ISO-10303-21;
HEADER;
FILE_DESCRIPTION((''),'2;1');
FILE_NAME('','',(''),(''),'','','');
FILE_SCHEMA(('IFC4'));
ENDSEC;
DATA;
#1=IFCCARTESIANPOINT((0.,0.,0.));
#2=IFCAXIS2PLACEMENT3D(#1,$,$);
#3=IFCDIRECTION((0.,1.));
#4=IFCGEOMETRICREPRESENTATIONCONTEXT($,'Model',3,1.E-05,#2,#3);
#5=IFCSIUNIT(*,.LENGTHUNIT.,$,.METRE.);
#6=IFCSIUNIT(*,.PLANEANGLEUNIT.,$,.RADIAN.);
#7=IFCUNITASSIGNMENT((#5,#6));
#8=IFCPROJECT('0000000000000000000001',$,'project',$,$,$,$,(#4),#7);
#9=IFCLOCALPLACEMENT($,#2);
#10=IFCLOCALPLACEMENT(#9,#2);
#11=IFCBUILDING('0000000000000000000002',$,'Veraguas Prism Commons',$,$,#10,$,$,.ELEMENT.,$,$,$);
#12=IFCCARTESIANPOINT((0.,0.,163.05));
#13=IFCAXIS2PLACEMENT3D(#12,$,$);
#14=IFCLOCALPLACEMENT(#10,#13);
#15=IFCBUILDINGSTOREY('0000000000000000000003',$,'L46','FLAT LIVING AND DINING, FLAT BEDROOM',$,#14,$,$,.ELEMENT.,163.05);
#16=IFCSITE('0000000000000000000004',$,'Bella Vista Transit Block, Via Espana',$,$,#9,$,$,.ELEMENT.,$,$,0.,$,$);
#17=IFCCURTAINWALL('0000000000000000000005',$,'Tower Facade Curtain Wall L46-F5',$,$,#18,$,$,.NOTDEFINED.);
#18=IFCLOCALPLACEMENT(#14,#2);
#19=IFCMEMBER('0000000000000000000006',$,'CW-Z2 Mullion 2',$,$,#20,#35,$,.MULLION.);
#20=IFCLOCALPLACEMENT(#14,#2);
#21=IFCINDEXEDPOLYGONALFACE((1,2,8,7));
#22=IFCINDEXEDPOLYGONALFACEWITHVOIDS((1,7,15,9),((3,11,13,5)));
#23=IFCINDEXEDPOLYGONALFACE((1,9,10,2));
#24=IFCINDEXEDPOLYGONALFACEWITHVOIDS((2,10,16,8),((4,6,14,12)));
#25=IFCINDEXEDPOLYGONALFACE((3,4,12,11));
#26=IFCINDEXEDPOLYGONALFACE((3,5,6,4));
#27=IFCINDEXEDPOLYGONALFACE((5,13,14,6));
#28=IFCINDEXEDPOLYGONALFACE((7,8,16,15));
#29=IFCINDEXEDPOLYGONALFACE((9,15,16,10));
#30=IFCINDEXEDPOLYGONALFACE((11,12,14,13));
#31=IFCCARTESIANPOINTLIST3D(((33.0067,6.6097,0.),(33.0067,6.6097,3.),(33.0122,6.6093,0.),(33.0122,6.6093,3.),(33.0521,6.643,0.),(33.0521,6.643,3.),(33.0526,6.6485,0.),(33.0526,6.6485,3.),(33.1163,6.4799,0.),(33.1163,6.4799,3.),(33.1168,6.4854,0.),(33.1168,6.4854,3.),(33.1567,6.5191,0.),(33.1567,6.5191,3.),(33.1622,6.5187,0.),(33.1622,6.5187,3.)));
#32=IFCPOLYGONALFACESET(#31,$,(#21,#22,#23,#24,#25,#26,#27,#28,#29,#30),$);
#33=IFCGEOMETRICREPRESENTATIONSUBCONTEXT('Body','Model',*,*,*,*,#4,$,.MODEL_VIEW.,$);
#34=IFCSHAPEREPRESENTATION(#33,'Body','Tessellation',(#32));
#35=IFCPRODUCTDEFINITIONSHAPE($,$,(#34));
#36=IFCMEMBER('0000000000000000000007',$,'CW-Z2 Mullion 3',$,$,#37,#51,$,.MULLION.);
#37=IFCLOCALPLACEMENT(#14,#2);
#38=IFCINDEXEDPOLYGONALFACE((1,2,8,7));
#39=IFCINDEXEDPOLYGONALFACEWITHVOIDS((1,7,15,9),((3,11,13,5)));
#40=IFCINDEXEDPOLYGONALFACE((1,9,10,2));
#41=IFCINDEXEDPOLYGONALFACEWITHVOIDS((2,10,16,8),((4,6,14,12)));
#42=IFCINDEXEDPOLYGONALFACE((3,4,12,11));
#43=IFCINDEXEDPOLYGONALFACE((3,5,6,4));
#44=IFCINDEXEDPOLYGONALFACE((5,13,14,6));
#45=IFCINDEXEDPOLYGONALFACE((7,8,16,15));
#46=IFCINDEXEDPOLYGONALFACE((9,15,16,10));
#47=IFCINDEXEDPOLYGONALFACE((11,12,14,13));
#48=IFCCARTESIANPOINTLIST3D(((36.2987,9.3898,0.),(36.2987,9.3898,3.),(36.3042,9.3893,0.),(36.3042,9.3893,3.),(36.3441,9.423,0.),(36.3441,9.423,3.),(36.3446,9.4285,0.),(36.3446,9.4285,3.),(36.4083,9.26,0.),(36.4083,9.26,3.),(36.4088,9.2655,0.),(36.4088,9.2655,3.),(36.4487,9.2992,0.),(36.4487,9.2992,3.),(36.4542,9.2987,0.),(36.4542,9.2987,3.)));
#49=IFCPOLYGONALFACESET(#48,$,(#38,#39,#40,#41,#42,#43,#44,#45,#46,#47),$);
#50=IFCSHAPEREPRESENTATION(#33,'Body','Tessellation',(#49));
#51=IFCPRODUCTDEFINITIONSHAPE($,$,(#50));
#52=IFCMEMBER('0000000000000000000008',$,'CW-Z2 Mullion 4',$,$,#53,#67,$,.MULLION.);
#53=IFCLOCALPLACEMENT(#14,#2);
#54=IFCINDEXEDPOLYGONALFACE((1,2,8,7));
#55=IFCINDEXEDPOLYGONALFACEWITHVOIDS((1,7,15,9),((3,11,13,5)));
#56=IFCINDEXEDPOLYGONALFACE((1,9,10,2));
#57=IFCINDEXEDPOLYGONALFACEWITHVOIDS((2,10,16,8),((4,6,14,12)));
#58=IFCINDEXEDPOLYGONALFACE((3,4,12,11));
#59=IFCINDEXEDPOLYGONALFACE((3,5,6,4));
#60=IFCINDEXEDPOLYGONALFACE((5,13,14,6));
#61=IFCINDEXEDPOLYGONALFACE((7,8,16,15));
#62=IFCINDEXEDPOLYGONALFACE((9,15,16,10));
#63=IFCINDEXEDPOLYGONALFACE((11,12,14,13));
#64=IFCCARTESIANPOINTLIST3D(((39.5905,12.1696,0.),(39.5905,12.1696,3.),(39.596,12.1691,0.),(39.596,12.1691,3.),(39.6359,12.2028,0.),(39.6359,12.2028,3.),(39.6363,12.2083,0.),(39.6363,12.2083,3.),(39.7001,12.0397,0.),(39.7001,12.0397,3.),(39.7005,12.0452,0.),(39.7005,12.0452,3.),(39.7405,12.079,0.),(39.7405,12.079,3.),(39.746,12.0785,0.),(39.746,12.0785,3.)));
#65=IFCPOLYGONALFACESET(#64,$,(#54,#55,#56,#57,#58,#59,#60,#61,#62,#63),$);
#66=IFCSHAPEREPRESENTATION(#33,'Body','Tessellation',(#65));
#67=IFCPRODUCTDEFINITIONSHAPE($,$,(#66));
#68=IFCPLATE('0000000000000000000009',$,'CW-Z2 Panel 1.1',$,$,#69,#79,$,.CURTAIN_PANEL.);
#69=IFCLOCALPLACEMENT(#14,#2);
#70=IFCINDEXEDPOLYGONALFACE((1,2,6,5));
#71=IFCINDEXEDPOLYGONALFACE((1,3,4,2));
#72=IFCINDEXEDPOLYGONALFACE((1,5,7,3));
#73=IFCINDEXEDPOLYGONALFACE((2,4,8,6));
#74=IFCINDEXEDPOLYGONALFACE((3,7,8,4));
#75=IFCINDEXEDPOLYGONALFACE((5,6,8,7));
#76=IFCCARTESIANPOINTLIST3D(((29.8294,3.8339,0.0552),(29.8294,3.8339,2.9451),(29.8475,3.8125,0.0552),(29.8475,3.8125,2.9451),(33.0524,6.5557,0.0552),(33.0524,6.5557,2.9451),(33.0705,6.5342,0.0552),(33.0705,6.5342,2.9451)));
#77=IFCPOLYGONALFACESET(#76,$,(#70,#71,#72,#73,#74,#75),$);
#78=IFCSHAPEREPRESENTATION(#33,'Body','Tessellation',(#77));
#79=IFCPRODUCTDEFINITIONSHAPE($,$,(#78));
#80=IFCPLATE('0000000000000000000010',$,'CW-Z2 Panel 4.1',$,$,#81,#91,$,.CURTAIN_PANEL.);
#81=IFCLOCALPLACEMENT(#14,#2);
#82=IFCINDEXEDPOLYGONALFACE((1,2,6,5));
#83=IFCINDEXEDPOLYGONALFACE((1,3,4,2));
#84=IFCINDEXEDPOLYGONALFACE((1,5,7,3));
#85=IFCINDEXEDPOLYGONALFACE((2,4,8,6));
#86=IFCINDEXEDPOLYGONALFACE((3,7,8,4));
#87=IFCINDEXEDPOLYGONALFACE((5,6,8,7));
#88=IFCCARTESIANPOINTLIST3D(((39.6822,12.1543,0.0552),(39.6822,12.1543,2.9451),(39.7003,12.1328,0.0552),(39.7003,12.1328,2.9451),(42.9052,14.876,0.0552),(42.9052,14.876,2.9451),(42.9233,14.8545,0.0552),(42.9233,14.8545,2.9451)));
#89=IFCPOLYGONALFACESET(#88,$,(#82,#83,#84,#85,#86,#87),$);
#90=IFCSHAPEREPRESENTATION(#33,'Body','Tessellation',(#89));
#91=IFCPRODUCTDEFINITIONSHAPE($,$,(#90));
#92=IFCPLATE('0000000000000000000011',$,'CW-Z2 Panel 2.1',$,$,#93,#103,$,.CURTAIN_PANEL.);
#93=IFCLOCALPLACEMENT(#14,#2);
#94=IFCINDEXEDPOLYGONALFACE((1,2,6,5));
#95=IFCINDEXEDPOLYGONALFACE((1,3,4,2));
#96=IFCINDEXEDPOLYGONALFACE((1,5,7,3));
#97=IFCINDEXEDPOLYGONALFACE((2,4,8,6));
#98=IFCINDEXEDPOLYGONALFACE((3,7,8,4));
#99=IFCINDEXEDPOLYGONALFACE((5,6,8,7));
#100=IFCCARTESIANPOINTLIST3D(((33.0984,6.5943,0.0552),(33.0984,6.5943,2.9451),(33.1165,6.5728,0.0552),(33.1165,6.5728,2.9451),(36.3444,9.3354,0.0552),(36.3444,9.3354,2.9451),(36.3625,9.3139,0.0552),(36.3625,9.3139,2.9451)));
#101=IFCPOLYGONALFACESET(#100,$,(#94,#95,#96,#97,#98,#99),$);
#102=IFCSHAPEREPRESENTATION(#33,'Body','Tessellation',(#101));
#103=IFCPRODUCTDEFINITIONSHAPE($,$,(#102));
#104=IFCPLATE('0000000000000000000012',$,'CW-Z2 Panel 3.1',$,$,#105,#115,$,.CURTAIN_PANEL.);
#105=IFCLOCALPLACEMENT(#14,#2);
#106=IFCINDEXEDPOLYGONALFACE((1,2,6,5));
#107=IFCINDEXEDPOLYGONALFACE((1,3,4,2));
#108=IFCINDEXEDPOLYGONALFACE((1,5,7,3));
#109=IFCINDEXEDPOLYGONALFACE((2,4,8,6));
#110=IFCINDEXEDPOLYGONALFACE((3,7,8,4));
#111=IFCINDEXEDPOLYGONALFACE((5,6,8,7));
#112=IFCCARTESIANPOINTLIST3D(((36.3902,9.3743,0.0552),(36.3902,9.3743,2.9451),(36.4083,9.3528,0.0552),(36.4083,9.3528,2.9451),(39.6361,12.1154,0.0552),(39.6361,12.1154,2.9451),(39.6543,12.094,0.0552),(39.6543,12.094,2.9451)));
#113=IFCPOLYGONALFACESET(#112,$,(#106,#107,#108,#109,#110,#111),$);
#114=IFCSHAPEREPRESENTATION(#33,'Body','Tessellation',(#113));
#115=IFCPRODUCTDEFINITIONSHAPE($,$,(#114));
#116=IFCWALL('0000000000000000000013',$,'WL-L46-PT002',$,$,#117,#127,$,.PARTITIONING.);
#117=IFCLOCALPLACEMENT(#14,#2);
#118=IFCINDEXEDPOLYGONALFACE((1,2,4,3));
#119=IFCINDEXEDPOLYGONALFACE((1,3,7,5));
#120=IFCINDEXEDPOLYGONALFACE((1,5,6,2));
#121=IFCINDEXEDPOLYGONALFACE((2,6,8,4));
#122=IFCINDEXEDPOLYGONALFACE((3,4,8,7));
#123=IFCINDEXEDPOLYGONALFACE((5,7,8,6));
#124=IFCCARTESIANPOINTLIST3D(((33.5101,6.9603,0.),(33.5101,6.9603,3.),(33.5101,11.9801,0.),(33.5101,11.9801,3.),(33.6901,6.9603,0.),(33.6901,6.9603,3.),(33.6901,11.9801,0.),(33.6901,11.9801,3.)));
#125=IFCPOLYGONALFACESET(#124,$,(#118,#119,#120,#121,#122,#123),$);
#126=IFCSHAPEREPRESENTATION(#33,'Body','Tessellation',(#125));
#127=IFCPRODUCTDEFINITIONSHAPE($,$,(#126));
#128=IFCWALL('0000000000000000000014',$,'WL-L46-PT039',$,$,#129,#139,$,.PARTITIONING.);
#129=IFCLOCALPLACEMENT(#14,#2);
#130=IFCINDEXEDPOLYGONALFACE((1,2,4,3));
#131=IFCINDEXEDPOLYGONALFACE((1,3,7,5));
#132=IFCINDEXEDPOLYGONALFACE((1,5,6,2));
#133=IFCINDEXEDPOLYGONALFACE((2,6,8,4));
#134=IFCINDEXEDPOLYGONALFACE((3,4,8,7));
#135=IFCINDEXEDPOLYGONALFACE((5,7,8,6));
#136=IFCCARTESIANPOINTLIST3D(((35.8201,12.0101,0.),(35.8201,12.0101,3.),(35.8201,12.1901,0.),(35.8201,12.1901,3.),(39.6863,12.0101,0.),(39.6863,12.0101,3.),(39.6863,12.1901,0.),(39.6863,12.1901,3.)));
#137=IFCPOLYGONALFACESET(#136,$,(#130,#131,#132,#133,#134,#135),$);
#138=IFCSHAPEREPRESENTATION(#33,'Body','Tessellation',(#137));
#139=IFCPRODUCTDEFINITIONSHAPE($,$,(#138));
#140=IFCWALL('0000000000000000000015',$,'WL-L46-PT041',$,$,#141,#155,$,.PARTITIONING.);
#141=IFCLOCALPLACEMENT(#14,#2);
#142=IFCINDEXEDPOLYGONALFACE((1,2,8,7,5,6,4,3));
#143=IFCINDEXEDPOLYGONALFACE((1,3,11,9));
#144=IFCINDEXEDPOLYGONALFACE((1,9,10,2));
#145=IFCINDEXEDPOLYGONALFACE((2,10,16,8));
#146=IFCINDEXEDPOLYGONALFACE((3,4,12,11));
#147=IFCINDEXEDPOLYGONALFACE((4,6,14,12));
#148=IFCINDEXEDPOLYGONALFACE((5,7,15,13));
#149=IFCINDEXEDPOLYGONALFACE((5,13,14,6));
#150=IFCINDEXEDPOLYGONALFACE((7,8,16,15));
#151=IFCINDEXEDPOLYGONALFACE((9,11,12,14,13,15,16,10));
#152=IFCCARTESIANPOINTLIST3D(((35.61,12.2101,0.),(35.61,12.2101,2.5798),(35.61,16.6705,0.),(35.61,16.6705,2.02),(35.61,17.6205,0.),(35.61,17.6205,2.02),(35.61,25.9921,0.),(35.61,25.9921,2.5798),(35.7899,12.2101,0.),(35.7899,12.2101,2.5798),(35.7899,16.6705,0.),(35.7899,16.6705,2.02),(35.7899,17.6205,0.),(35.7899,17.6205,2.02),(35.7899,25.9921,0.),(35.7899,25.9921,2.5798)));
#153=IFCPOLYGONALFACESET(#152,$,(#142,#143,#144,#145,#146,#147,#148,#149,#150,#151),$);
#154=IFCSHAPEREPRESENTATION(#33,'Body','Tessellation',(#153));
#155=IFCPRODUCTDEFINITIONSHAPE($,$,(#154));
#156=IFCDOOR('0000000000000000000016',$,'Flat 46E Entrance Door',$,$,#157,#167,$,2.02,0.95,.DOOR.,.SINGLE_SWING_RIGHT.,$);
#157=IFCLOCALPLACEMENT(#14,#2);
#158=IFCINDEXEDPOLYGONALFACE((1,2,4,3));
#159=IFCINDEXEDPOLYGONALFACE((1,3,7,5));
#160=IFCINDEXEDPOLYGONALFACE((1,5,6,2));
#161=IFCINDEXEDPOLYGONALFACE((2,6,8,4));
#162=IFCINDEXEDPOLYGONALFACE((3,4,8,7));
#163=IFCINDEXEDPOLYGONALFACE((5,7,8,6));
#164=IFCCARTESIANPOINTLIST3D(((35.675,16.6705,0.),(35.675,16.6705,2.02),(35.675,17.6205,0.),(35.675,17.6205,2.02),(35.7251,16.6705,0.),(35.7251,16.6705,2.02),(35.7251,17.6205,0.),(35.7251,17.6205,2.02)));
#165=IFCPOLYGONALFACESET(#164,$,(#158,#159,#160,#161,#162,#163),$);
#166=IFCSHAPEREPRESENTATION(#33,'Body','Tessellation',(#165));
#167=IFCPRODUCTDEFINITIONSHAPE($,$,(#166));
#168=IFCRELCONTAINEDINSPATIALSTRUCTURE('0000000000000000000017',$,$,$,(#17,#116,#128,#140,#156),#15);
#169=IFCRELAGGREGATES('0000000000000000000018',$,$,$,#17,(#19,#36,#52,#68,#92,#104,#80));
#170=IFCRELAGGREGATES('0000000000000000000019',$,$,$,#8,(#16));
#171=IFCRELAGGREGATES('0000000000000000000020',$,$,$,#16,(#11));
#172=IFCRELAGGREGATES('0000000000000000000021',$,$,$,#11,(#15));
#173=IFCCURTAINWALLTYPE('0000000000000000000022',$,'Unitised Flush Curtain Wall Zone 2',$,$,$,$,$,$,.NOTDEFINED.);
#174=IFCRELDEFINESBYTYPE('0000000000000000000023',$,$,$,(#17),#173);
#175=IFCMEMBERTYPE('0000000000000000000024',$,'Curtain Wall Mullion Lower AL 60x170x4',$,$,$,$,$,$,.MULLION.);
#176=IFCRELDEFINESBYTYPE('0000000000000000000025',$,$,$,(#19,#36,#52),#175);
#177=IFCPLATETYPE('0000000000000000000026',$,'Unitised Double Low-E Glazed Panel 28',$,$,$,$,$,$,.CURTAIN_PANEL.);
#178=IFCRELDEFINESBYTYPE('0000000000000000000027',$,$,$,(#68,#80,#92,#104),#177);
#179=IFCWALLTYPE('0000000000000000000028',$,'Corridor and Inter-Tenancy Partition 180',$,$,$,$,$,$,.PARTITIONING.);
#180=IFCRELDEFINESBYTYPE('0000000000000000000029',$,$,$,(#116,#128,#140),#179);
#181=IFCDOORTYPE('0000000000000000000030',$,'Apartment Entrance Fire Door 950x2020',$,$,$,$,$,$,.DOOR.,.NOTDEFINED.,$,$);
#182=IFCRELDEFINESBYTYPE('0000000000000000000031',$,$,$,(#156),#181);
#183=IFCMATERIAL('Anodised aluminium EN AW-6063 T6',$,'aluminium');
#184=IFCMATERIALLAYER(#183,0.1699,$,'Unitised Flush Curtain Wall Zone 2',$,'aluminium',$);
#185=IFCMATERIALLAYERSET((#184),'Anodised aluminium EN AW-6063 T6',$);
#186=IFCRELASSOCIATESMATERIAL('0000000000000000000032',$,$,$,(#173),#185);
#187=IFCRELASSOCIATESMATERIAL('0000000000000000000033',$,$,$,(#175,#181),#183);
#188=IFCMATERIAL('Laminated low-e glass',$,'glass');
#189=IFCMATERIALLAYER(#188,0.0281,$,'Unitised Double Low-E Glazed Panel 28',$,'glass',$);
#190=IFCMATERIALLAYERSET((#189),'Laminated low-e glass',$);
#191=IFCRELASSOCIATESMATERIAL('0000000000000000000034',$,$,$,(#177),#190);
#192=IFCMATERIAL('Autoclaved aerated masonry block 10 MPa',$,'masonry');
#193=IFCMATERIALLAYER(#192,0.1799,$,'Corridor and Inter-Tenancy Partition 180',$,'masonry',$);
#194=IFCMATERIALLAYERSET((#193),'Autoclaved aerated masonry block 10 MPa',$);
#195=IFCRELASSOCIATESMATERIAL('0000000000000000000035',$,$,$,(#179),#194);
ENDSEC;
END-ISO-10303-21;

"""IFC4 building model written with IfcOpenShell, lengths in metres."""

from ifc_helpers import new_model, si_unit, direction, frame, frame_2d, origin, origin_2d, place, context, subcontext, project, spatial, rectangle, hollow_rectangle, extrude, source, transform, mapped, material, layer, layer_set, material_profile, profile_set, type_object, element, fill, aggregate, save


model = new_model("IFC4")

# Units and contexts
model_context = context("Model", 3, precision=1e-05, world=origin(), true_north=direction((0.0, 1.0)))
body_context = subcontext(model_context, "Body", "Model", "MODEL_VIEW")
ifc_project = project(units=[si_unit("LENGTHUNIT", "METRE"), si_unit("PLANEANGLEUNIT", "RADIAN")], contexts=[model_context])

# Site, building, storey
site_placement = place(None, origin())
site = spatial("IfcSite", under=ifc_project, at=site_placement, Name="Bella Vista Transit Block, Via Espana", CompositionType="ELEMENT", RefElevation=0.0)
building_placement = place(site_placement, origin())
building = spatial("IfcBuilding", under=site, at=building_placement, Name="Veraguas Prism Commons", CompositionType="ELEMENT")
storey_placement = place(building_placement, frame((0.0, 0.0, 163.05)))
storey = spatial("IfcBuildingStorey", under=building, at=storey_placement, Name="L46", Description="FLAT LIVING AND DINING, FLAT BEDROOM", CompositionType="ELEMENT", Elevation=163.05)

# Curtain wall, members, plates
ifc_material_1 = material(Name="Anodised aluminium EN AW-6063 T6", Category="aluminium")
ifc_layer_1 = layer(ifc_material_1, 0.1699, Name="Unitised Flush Curtain Wall Zone 2", Category="aluminium")
ifc_layer_set_1 = layer_set([ifc_layer_1], Name="Anodised aluminium EN AW-6063 T6")
curtain_wall_type = type_object("IfcCurtainWallType", Name="Unitised Flush Curtain Wall Zone 2", PredefinedType="NOTDEFINED", material=ifc_layer_set_1)
curtain_wall_placement = place(storey_placement, origin())
curtain_wall = element("IfcCurtainWall", 1, at=curtain_wall_placement, inside=storey, type_object=curtain_wall_type, Name="Tower Facade Curtain Wall L46-F5", PredefinedType="NOTDEFINED")
ifc_material_profile_1 = material_profile(ifc_material_1, hollow_rectangle(XDim=0.0601, YDim=0.1699, WallThickness=0.0039, at=origin_2d()), Name="AL60X170X4")
ifc_profile_set_1 = profile_set([ifc_material_profile_1], Name="Anodised aluminium EN AW-6063 T6")
member_type = type_object("IfcMemberType", Name="Curtain Wall Mullion Lower AL 60x170x4", PredefinedType="MULLION", material=ifc_profile_set_1)
shared_shape_1 = source(origin(), body_context, "Body", "SweptSolid", [
    extrude(hollow_rectangle(XDim=0.0601, YDim=0.1699, WallThickness=0.0039, at=origin_2d()), origin(), (0.0, 0.0, 1.0), 3.0),
])
member_1_placement = place(storey_placement, frame((33.0845, 6.5642, 0.0), z_axis=(0.0, 0.0, 1.0), x_axis=(0.764022, 0.64519, 0.0)))
member_1 = element("IfcMember", 2, at=member_1_placement, type_object=member_type, Name="CW-Z2 Mullion 2", PredefinedType="MULLION", context=body_context, shape_type="MappedRepresentation", body=[
    mapped(shared_shape_1, transform((0.0, 0.0, 0.0), scale=1.0)),
])
member_2_placement = place(storey_placement, frame((36.3765, 9.3442, 0.0), z_axis=(0.0, 0.0, 1.0), x_axis=(0.764022, 0.64519, 0.0)))
member_2 = element("IfcMember", 3, at=member_2_placement, type_object=member_type, Name="CW-Z2 Mullion 3", PredefinedType="MULLION", context=body_context, shape_type="MappedRepresentation", body=[
    mapped(shared_shape_1, transform((0.0, 0.0, 0.0), scale=1.0)),
])
member_3_placement = place(storey_placement, frame((39.6682, 12.124, 0.0), z_axis=(0.0, 0.0, 1.0), x_axis=(0.764022, 0.64519, 0.0)))
member_3 = element("IfcMember", 4, at=member_3_placement, type_object=member_type, Name="CW-Z2 Mullion 4", PredefinedType="MULLION", context=body_context, shape_type="MappedRepresentation", body=[
    mapped(shared_shape_1, transform((0.0, 0.0, 0.0), scale=1.0)),
])
ifc_material_2 = material(Name="Laminated low-e glass", Category="glass")
ifc_layer_2 = layer(ifc_material_2, 0.0281, Name="Unitised Double Low-E Glazed Panel 28", Category="glass")
ifc_layer_set_2 = layer_set([ifc_layer_2], Name="Laminated low-e glass")
plate_type = type_object("IfcPlateType", Name="Unitised Double Low-E Glazed Panel 28", PredefinedType="CURTAIN_PANEL", material=ifc_layer_set_2)
shared_shape_2 = source(origin(), body_context, "Body", "SweptSolid", [
    extrude(rectangle(XDim=4.2185, YDim=0.0281, at=origin_2d()), origin(), (0.0, 0.0, 1.0), 2.8899),
])
plate_1_placement = place(storey_placement, frame((31.45, 5.1841, 0.0552), z_axis=(0.0, 0.0, 1.0), x_axis=(0.764022, 0.64519, 0.0)))
plate_1 = element("IfcPlate", 5, at=plate_1_placement, type_object=plate_type, Name="CW-Z2 Panel 1.1", PredefinedType="CURTAIN_PANEL", context=body_context, shape_type="MappedRepresentation", body=[
    mapped(shared_shape_2, transform((0.0, 0.0, 0.0), scale=1.0)),
])
plate_2_placement = place(storey_placement, frame((41.3027, 13.5044, 0.0552), z_axis=(0.0, 0.0, 1.0), x_axis=(0.764022, 0.64519, 0.0)))
plate_2 = element("IfcPlate", 6, at=plate_2_placement, type_object=plate_type, Name="CW-Z2 Panel 4.1", PredefinedType="CURTAIN_PANEL", context=body_context, shape_type="MappedRepresentation", body=[
    mapped(shared_shape_2, transform((0.0, 0.0, 0.0), scale=1.0)),
])
shared_shape_3 = source(origin(), body_context, "Body", "SweptSolid", [
    extrude(rectangle(XDim=4.2485, YDim=0.0281, at=origin_2d()), origin(), (0.0, 0.0, 1.0), 2.8899),
])
plate_3_placement = place(storey_placement, frame((34.7305, 7.9541, 0.0552), z_axis=(0.0, 0.0, 1.0), x_axis=(0.764022, 0.64519, 0.0)))
plate_3 = element("IfcPlate", 7, at=plate_3_placement, type_object=plate_type, Name="CW-Z2 Panel 2.1", PredefinedType="CURTAIN_PANEL", context=body_context, shape_type="MappedRepresentation", body=[
    mapped(shared_shape_3, transform((0.0, 0.0, 0.0), scale=1.0)),
])
plate_4_placement = place(storey_placement, frame((38.0222, 10.7341, 0.0552), z_axis=(0.0, 0.0, 1.0), x_axis=(0.764022, 0.64519, 0.0)))
plate_4 = element("IfcPlate", 8, at=plate_4_placement, type_object=plate_type, Name="CW-Z2 Panel 3.1", PredefinedType="CURTAIN_PANEL", context=body_context, shape_type="MappedRepresentation", body=[
    mapped(shared_shape_3, transform((0.0, 0.0, 0.0), scale=1.0)),
])
aggregate(curtain_wall, [member_1, member_2, member_3, plate_1, plate_3, plate_4, plate_2])

# Walls
ifc_material_3 = material(Name="Autoclaved aerated masonry block 10 MPa", Category="masonry")
ifc_layer_3 = layer(ifc_material_3, 0.1799, Name="Corridor and Inter-Tenancy Partition 180", Category="masonry")
ifc_layer_set_3 = layer_set([ifc_layer_3], Name="Autoclaved aerated masonry block 10 MPa")
wall_type_1 = type_object("IfcWallType", Name="Corridor and Inter-Tenancy Partition 180", PredefinedType="PARTITIONING", material=ifc_layer_set_3)
wall_1_placement = place(storey_placement, frame((33.6001, 11.98, 0.0), z_axis=(0.0, 0.0, 1.0), x_axis=(0.0, -1.0, 0.0)))
element("IfcWall", 9, at=wall_1_placement, inside=storey, type_object=wall_type_1, Name="WL-L46-PT002", PredefinedType="PARTITIONING", context=body_context, shape_type="SweptSolid", body=[
    extrude(rectangle(XDim=5.0198, YDim=0.1799, at=frame_2d((2.5098, 0.0))), origin(), (0.0, 0.0, 1.0), 3.0),
])
wall_2_placement = place(storey_placement, frame((35.8201, 12.1001, 0.0), z_axis=(0.0, 0.0, 1.0), x_axis=(1.0, 0.0, 0.0)))
element("IfcWall", 10, at=wall_2_placement, inside=storey, type_object=wall_type_1, Name="WL-L46-PT039", PredefinedType="PARTITIONING", context=body_context, shape_type="SweptSolid", body=[
    extrude(rectangle(XDim=3.8662, YDim=0.1799, at=frame_2d((1.9331, 0.0))), origin(), (0.0, 0.0, 1.0), 3.0),
])

# Wall, opening, door
wall_3_placement = place(storey_placement, frame((35.7, 12.21, 0.0), z_axis=(0.0, 0.0, 1.0), x_axis=(0.0, 1.0, 0.0)))
wall_3 = element("IfcWall", 11, at=wall_3_placement, inside=storey, type_object=wall_type_1, Name="WL-L46-PT041", PredefinedType="PARTITIONING", context=body_context, shape_type="SweptSolid", body=[
    extrude(rectangle(XDim=13.782, YDim=0.1799, at=frame_2d((6.8911, 0.0))), origin(), (0.0, 0.0, 1.0), 2.5798),
])
opening_1_placement = place(wall_3_placement, frame((4.4604, 0.0, 0.0)))
opening_1 = element("IfcOpeningElement", 12, at=opening_1_placement, cuts=wall_3, PredefinedType="OPENING", context=body_context, shape_type="SweptSolid", body=[
    extrude(rectangle(XDim=0.95, YDim=2.02, at=frame_2d((0.4751, 1.01))), frame((0.0, 0.0999, 0.0), z_axis=(0.0, -1.0, 0.0), x_axis=(1.0, 0.0, 0.0)), (0.0, 0.0, 1.0), 0.2),
])
door_type_1 = type_object("IfcDoorType", Name="Apartment Entrance Fire Door 950x2020", OperationType="NOTDEFINED", PredefinedType="DOOR", material=ifc_material_1)
shared_shape_4 = source(origin(), body_context, "Body", "SweptSolid", [
    extrude(rectangle(XDim=0.95, YDim=2.02, at=frame_2d((0.4751, 1.01))), frame((0.0, 0.0249, 0.0), z_axis=(0.0, -1.0, 0.0), x_axis=(1.0, 0.0, 0.0)), (0.0, 0.0, 1.0), 0.05),
])
door_1_placement = place(opening_1_placement, origin())
door_1 = element("IfcDoor", 13, at=door_1_placement, inside=storey, type_object=door_type_1, Name="Flat 46E Entrance Door", OperationType="SINGLE_SWING_RIGHT", OverallHeight=2.02, OverallWidth=0.95, PredefinedType="DOOR", context=body_context, shape_type="MappedRepresentation", body=[
    mapped(shared_shape_4, transform((0.0, 0.0, 0.0), scale=1.0)),
])
fill(opening_1, door_1)

save(model, "model.ifc")
